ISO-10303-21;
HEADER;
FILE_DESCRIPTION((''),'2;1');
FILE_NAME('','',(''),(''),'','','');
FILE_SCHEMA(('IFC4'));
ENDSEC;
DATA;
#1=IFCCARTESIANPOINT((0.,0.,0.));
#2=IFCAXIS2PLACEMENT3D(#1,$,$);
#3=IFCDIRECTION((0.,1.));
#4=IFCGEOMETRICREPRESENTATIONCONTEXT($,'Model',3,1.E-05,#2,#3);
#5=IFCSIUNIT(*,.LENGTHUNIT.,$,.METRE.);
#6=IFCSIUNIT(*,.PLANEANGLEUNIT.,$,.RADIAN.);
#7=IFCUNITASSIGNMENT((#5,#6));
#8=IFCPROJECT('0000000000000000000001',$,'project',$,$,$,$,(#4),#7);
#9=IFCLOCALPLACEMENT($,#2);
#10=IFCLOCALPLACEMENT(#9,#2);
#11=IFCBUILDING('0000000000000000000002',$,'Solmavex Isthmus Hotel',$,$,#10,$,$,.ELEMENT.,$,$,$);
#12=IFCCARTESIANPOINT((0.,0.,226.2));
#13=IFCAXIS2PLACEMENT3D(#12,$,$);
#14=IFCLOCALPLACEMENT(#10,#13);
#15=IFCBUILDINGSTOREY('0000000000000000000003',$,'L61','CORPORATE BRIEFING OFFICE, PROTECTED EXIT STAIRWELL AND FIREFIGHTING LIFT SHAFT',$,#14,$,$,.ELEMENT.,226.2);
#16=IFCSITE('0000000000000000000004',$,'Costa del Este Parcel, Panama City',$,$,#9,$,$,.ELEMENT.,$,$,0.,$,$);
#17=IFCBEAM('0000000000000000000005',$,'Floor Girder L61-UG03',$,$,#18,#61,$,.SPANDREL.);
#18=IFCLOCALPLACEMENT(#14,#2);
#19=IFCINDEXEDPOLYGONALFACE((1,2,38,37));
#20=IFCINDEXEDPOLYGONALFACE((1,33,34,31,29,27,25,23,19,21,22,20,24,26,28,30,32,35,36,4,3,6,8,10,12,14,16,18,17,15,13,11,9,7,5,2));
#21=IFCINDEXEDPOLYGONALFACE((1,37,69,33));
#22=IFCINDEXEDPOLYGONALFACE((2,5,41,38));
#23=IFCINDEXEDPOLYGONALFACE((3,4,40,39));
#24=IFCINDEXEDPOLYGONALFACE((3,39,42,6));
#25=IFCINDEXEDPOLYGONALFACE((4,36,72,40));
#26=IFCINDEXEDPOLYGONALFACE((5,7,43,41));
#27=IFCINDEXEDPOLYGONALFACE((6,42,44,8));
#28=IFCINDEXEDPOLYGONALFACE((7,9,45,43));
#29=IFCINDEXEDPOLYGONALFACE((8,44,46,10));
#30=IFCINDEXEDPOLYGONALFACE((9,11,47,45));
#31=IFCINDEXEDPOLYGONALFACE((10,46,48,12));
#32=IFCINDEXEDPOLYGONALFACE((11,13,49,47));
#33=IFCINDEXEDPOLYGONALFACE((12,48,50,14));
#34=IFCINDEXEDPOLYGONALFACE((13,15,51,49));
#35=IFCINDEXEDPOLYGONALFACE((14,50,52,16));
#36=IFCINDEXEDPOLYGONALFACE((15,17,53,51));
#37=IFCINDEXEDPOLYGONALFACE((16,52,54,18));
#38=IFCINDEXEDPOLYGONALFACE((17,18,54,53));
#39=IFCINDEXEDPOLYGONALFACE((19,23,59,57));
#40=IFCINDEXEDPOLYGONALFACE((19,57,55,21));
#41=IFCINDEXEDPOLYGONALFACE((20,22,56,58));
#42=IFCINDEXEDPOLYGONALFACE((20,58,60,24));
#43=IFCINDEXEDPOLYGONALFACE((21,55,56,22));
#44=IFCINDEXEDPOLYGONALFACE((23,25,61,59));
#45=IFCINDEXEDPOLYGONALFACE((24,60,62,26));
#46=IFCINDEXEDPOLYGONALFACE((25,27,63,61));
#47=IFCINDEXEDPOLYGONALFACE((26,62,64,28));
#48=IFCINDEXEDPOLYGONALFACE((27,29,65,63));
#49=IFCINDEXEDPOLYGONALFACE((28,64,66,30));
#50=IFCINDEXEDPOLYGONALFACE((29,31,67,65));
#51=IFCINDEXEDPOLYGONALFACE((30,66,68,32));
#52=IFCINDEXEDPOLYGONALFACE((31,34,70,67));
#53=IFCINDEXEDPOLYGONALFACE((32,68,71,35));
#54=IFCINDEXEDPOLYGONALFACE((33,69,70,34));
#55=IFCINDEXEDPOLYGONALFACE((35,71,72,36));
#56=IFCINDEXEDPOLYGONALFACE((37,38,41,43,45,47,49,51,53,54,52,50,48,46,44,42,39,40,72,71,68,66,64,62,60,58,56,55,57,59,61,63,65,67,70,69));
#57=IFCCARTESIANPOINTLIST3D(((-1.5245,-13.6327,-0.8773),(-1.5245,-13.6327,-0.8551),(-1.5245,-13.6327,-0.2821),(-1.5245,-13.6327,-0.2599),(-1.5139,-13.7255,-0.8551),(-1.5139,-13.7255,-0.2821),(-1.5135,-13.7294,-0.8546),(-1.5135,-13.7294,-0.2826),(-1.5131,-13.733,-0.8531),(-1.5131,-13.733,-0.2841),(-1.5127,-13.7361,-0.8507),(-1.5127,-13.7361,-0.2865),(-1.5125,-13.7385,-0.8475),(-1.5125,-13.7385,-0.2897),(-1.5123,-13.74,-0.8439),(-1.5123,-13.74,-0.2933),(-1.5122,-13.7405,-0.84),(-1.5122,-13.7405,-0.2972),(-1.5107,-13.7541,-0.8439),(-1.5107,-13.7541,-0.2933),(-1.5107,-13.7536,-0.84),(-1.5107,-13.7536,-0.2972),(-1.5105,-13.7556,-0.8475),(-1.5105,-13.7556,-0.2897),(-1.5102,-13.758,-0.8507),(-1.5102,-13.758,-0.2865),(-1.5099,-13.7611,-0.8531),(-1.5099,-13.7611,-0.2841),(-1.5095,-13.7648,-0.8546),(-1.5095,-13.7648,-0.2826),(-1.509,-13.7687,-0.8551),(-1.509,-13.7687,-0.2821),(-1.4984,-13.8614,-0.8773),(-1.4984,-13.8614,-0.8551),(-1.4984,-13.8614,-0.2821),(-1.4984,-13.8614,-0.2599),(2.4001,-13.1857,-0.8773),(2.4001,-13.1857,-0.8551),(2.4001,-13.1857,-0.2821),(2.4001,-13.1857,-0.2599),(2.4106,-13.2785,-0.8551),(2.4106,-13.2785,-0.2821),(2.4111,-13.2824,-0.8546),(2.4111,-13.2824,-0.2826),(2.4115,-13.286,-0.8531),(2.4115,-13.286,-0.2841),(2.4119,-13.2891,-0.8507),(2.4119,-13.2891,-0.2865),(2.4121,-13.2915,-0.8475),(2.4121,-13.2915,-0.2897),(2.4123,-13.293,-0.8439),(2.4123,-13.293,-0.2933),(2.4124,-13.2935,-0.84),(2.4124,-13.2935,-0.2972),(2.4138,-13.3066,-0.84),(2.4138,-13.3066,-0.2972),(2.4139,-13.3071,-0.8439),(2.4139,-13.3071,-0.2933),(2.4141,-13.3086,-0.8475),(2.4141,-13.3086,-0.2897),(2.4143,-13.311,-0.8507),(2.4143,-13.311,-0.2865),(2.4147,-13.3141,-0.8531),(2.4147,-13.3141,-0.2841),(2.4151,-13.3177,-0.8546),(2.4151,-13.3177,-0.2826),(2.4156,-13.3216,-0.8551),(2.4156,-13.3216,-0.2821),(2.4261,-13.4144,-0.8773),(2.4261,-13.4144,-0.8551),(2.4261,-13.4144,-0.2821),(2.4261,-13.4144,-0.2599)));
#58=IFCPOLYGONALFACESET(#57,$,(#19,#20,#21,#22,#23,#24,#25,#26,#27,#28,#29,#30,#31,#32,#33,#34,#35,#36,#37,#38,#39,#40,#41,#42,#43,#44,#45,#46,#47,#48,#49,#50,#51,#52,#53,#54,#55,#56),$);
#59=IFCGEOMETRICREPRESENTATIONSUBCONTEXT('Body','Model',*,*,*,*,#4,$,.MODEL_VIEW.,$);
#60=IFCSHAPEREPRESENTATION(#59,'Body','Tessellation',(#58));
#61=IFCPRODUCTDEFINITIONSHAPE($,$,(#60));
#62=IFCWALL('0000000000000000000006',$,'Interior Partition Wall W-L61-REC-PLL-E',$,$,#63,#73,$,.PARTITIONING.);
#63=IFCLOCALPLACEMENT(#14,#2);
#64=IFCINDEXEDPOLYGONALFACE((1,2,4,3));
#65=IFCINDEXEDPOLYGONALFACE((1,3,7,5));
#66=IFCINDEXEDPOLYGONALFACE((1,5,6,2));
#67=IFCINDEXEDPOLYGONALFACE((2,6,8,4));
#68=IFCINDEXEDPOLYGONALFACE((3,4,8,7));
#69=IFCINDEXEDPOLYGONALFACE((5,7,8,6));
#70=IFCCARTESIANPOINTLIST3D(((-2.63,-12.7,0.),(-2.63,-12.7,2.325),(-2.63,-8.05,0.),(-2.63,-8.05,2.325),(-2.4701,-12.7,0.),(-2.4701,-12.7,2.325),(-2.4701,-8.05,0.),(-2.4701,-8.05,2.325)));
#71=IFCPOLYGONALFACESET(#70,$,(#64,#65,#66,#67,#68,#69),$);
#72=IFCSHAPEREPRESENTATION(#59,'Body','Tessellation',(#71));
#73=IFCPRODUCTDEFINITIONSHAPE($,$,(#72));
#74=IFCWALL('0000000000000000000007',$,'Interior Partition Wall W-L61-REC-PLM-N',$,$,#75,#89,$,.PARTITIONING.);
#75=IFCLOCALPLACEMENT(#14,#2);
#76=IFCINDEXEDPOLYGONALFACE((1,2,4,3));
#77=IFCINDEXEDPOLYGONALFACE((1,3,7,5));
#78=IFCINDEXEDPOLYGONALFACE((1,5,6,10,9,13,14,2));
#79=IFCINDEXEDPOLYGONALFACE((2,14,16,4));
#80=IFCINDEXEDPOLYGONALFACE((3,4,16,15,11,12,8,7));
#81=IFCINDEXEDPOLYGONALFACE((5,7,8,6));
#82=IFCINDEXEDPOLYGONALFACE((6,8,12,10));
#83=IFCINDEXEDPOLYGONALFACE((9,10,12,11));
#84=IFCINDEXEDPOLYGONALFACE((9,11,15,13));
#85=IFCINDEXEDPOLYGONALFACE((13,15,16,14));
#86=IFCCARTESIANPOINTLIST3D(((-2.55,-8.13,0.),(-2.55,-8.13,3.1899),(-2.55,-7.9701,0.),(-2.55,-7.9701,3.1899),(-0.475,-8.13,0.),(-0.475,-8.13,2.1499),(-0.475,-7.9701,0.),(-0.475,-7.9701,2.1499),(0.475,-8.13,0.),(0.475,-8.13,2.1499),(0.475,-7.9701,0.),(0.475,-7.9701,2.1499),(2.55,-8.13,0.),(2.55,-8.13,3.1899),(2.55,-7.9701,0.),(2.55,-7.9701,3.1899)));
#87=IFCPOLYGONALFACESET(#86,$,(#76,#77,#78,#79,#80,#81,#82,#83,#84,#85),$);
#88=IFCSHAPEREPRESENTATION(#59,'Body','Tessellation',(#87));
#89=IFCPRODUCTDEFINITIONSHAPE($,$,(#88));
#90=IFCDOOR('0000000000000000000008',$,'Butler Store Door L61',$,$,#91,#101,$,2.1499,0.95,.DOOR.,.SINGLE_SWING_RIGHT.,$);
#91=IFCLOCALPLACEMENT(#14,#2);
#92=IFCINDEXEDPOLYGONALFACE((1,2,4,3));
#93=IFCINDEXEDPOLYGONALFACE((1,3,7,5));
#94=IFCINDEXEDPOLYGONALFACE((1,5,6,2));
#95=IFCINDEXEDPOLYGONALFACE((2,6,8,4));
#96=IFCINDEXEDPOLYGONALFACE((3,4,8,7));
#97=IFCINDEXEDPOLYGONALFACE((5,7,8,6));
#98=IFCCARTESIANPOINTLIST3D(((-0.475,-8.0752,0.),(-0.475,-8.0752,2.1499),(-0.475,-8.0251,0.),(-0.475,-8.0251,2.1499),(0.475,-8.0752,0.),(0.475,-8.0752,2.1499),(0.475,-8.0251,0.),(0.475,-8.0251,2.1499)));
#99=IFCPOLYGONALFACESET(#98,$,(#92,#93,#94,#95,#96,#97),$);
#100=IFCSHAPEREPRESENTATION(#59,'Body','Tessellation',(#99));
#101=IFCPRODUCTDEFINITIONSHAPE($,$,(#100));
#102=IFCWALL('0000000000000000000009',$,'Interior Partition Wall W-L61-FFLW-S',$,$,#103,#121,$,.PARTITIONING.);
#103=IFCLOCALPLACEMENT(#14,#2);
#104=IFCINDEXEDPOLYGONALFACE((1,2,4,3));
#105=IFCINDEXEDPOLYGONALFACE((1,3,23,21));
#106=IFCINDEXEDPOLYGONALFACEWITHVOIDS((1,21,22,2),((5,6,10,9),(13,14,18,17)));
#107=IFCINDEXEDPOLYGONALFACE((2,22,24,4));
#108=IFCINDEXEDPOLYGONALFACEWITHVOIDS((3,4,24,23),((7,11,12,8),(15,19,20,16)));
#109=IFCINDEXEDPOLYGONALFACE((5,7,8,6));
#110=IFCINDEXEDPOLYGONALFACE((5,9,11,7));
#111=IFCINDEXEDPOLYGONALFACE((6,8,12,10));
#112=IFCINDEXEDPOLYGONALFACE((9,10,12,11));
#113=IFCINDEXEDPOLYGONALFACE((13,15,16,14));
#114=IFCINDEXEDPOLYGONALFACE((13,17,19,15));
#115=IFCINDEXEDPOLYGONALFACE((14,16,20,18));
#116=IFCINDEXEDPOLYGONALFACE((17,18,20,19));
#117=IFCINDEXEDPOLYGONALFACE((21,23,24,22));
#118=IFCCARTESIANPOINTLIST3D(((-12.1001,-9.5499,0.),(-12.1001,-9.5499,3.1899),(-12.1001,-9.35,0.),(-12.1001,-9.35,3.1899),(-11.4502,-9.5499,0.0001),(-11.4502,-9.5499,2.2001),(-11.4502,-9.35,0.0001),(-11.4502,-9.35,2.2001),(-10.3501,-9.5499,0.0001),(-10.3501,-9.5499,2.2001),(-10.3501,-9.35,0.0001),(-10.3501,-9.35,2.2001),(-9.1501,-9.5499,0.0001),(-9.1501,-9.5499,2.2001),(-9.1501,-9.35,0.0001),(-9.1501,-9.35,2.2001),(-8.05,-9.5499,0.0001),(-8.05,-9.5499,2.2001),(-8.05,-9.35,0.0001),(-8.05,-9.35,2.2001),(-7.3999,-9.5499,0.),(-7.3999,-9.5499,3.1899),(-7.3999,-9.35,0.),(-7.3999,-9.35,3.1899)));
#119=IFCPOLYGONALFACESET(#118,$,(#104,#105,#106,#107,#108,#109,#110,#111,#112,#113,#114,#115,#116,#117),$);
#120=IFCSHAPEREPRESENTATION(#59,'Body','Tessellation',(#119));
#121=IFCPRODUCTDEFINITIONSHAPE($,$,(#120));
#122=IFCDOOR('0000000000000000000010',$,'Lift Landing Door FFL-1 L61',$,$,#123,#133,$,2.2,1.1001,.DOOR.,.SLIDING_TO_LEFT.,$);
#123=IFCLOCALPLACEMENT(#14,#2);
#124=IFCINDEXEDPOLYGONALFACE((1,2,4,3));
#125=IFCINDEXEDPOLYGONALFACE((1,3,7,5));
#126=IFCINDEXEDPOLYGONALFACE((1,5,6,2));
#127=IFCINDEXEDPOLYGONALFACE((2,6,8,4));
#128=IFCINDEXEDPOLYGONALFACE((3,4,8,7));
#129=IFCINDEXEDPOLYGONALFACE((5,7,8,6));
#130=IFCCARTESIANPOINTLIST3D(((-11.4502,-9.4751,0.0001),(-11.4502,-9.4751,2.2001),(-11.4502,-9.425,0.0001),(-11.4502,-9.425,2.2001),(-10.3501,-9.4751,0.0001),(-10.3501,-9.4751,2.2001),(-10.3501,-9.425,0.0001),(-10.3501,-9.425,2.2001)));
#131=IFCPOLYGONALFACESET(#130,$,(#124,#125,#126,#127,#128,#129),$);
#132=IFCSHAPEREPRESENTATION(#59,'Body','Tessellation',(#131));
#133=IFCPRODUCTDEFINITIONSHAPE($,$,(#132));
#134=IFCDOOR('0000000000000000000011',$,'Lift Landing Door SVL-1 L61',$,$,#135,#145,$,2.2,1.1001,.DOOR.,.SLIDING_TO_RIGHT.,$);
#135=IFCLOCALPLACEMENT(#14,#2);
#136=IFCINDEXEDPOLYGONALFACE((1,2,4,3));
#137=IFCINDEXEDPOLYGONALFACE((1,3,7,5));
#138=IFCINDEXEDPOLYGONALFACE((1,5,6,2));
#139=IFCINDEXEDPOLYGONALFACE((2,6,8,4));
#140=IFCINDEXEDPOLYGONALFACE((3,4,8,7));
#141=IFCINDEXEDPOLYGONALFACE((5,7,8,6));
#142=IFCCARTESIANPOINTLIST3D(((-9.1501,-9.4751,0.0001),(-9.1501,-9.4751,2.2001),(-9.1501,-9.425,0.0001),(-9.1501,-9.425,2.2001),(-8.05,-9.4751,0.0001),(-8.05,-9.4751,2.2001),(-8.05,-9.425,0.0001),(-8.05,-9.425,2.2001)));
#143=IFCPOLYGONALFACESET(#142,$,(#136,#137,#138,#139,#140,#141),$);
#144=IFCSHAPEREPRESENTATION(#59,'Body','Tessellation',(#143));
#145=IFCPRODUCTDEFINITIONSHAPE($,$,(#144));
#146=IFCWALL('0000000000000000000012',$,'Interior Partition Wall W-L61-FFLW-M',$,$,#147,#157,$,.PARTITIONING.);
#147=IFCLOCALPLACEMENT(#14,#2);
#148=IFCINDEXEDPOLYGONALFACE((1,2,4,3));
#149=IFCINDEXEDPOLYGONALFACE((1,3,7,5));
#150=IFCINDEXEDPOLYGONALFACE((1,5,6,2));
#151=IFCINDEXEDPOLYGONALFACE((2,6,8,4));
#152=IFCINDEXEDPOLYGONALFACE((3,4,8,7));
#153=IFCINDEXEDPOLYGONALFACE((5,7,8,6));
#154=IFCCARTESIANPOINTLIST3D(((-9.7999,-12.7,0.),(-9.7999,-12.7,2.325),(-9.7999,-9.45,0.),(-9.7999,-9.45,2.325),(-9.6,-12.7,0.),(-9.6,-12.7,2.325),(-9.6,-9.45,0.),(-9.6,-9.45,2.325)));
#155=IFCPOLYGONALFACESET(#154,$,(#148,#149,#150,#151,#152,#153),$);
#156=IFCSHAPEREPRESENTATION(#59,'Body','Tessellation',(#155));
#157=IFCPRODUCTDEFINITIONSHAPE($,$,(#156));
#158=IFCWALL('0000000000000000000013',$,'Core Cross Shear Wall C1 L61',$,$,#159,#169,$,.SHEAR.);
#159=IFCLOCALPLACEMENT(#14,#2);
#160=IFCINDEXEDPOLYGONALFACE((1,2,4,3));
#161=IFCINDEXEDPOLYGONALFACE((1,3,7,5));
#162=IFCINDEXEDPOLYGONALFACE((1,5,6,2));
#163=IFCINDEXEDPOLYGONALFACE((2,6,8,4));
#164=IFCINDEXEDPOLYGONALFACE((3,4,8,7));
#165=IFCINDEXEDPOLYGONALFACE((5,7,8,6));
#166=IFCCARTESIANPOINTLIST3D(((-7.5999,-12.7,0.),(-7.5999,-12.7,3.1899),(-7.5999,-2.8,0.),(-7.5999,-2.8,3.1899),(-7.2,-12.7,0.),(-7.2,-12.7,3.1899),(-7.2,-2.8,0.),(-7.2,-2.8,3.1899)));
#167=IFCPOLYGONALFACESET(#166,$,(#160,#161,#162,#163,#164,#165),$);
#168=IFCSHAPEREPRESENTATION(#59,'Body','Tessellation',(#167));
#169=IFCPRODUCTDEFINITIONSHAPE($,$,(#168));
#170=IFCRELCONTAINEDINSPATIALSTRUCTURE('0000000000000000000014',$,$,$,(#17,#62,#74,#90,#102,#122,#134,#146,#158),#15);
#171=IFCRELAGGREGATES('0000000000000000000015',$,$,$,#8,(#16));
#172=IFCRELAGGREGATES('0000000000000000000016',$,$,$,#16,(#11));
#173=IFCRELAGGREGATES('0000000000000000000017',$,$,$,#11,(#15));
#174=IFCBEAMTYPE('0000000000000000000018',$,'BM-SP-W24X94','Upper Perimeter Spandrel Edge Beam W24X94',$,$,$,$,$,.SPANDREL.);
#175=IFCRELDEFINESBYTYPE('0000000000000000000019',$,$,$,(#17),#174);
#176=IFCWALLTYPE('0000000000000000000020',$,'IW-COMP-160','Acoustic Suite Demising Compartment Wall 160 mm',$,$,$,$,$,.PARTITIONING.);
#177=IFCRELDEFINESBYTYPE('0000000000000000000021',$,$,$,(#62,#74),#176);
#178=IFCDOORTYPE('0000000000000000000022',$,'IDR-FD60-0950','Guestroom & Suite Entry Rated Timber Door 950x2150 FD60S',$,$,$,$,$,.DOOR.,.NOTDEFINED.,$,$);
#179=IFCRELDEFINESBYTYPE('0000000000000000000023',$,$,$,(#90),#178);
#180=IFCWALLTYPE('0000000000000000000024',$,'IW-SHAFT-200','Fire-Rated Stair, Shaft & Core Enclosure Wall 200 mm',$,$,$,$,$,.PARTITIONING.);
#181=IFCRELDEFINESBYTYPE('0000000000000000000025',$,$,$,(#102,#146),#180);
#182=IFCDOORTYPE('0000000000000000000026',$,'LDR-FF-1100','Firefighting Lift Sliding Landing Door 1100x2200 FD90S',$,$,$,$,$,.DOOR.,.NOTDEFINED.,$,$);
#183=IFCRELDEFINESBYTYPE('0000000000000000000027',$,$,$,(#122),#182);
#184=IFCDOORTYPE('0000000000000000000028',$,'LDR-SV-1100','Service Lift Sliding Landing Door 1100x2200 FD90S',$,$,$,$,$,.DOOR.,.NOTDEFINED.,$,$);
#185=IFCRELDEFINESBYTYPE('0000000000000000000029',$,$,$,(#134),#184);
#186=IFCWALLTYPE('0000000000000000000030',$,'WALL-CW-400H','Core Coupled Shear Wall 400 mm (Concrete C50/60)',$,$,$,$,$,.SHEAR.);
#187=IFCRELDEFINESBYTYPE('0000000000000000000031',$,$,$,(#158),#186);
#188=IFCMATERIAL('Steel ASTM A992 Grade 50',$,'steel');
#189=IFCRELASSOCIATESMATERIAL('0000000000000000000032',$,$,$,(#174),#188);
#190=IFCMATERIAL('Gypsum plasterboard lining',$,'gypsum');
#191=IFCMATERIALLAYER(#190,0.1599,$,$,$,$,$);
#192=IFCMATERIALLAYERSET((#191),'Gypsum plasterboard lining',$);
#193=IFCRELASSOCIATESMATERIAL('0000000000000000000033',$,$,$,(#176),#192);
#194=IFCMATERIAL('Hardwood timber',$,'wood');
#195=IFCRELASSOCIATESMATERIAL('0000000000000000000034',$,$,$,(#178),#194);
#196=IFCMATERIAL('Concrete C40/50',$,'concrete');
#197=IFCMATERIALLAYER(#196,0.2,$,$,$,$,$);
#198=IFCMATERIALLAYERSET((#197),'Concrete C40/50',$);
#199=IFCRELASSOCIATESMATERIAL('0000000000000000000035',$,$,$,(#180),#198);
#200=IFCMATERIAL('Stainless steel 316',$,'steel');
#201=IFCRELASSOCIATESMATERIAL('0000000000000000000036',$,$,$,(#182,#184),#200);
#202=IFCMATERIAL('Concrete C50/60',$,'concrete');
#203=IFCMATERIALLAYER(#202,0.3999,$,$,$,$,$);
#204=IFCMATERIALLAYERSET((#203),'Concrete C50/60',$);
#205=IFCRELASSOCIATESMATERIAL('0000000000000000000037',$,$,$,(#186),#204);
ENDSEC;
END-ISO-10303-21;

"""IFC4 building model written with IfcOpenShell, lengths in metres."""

from ifc_helpers import new_model, si_unit, direction, frame, frame_2d, origin, origin_2d, place, context, subcontext, project, spatial, rectangle, i_section, extrude, material, layer, layer_set, material_profile, profile_set, type_object, element, fill, save


model = new_model("IFC4")

# Units and contexts
model_context = context("Model", 3, precision=1e-05, world=origin(), true_north=direction((0.0, 1.0)))
body_context = subcontext(model_context, "Body", "Model", "MODEL_VIEW")
ifc_project = project(units=[si_unit("LENGTHUNIT", "METRE"), si_unit("PLANEANGLEUNIT", "RADIAN")], contexts=[model_context])

# Site, building, storey
site_placement = place(None, origin())
site = spatial("IfcSite", under=ifc_project, at=site_placement, Name="Costa del Este Parcel, Panama City", CompositionType="ELEMENT", RefElevation=0.0)
building_placement = place(site_placement, origin())
building = spatial("IfcBuilding", under=site, at=building_placement, Name="Solmavex Isthmus Hotel", CompositionType="ELEMENT")
storey_placement = place(building_placement, frame((0.0, 0.0, 226.2)))
storey = spatial("IfcBuildingStorey", under=building, at=storey_placement, Name="L61", Description="CORPORATE BRIEFING OFFICE, PROTECTED EXIT STAIRWELL AND FIREFIGHTING LIFT SHAFT", CompositionType="ELEMENT", Elevation=226.2)

# Shared definitions
ifc_material_1 = material(Name="Concrete C50/60", Category="concrete")

# Beam
ifc_material_2 = material(Name="Steel ASTM A992 Grade 50", Category="steel")
ifc_material_profile_1 = material_profile(ifc_material_2, i_section(OverallWidth=0.2302, OverallDepth=0.6174, WebThickness=0.0132, FlangeThickness=0.0222, FilletRadius=0.0151, at=origin_2d()), Name="W24X94")
ifc_profile_set_1 = profile_set([ifc_material_profile_1], Name="Steel ASTM A992 Grade 50")
beam_type_1 = type_object("IfcBeamType", Name="BM-SP-W24X94", Description="Upper Perimeter Spandrel Edge Beam W24X94", PredefinedType="SPANDREL", material=ifc_profile_set_1)
beam_1_placement = place(storey_placement, frame((-1.5115, -13.7471, -0.5686), z_axis=(0.993575, 0.113172, 0.0), x_axis=(-0.113172, 0.993575, 0.0)))
element("IfcBeam", 1, at=beam_1_placement, inside=storey, type_object=beam_type_1, Name="Floor Girder L61-UG03", PredefinedType="SPANDREL", context=body_context, shape_type="SweptSolid", body=[
    extrude(i_section(OverallWidth=0.2302, OverallDepth=0.6174, WebThickness=0.0132, FlangeThickness=0.0222, FilletRadius=0.0151, at=origin_2d()), origin(), (0.0, 0.0, 1.0), 3.95),
])

# Shared definitions
ifc_material_3 = material(Name="Gypsum plasterboard lining", Category="gypsum")
ifc_layer_1 = layer(ifc_material_3, 0.1599)
ifc_layer_set_1 = layer_set([ifc_layer_1], Name="Gypsum plasterboard lining")
wall_type_1 = type_object("IfcWallType", Name="IW-COMP-160", Description="Acoustic Suite Demising Compartment Wall 160 mm", PredefinedType="PARTITIONING", material=ifc_layer_set_1)
ifc_material_4 = material(Name="Hardwood timber", Category="wood")
door_type_1 = type_object("IfcDoorType", Name="IDR-FD60-0950", Description="Guestroom & Suite Entry Rated Timber Door 950x2150 FD60S", OperationType="NOTDEFINED", PredefinedType="DOOR", material=ifc_material_4)

# Wall
wall_1_placement = place(storey_placement, frame((-2.55, -12.7, 0.0), z_axis=(0.0, 0.0, 1.0), x_axis=(0.0, 1.0, 0.0)))
element("IfcWall", 2, at=wall_1_placement, inside=storey, type_object=wall_type_1, Name="Interior Partition Wall W-L61-REC-PLL-E", PredefinedType="PARTITIONING", context=body_context, shape_type="SweptSolid", body=[
    extrude(rectangle(XDim=4.6499, YDim=0.1599, at=frame_2d((2.325, 0.0))), origin(), (0.0, 0.0, 1.0), 2.325),
])

# Wall, opening, door
wall_2_placement = place(storey_placement, frame((-2.55, -8.05, 0.0), z_axis=(0.0, 0.0, 1.0), x_axis=(1.0, 0.0, 0.0)))
wall_2 = element("IfcWall", 3, at=wall_2_placement, inside=storey, type_object=wall_type_1, Name="Interior Partition Wall W-L61-REC-PLM-N", PredefinedType="PARTITIONING", context=body_context, shape_type="SweptSolid", body=[
    extrude(rectangle(XDim=5.1001, YDim=0.1599, at=frame_2d((2.55, 0.0))), origin(), (0.0, 0.0, 1.0), 3.1899),
])
opening_1_placement = place(wall_2_placement, frame((2.075, 0.0, 0.0)))
opening_1 = element("IfcOpeningElement", 4, at=opening_1_placement, cuts=wall_2, PredefinedType="OPENING", context=body_context, shape_type="SweptSolid", body=[
    extrude(rectangle(XDim=0.95, YDim=2.1499, at=frame_2d((0.4751, 1.075))), frame((0.0, 0.0898, 0.0), z_axis=(0.0, -1.0, 0.0), x_axis=(1.0, 0.0, 0.0)), (0.0, 0.0, 1.0), 0.1799),
])
door_1_placement = place(opening_1_placement, origin())
door_1 = element("IfcDoor", 5, at=door_1_placement, inside=storey, type_object=door_type_1, Name="Butler Store Door L61", OperationType="SINGLE_SWING_RIGHT", OverallHeight=2.1499, OverallWidth=0.95, PredefinedType="DOOR", context=body_context, shape_type="SweptSolid", body=[
    extrude(rectangle(XDim=0.95, YDim=2.1499, at=frame_2d((0.4751, 1.075))), frame((0.0, 0.0249, 0.0), z_axis=(0.0, -1.0, 0.0), x_axis=(1.0, 0.0, 0.0)), (0.0, 0.0, 1.0), 0.05),
])
fill(opening_1, door_1)

# Wall, openings, doors
ifc_material_5 = material(Name="Concrete C40/50", Category="concrete")
ifc_layer_2 = layer(ifc_material_5, 0.2)
ifc_layer_set_2 = layer_set([ifc_layer_2], Name="Concrete C40/50")
wall_type_2 = type_object("IfcWallType", Name="IW-SHAFT-200", Description="Fire-Rated Stair, Shaft & Core Enclosure Wall 200 mm", PredefinedType="PARTITIONING", material=ifc_layer_set_2)
wall_3_placement = place(storey_placement, frame((-12.1001, -9.45, 0.0), z_axis=(0.0, 0.0, 1.0), x_axis=(1.0, 0.0, 0.0)))
wall_3 = element("IfcWall", 6, at=wall_3_placement, inside=storey, type_object=wall_type_2, Name="Interior Partition Wall W-L61-FFLW-S", PredefinedType="PARTITIONING", context=body_context, shape_type="SweptSolid", body=[
    extrude(rectangle(XDim=4.7002, YDim=0.2, at=frame_2d((2.3501, 0.0))), origin(), (0.0, 0.0, 1.0), 3.1899),
])
opening_2_placement = place(wall_3_placement, frame((0.6499, 0.0, 0.0)))
opening_2 = element("IfcOpeningElement", 7, at=opening_2_placement, cuts=wall_3, PredefinedType="OPENING", context=body_context, shape_type="SweptSolid", body=[
    extrude(rectangle(XDim=1.1001, YDim=2.2, at=frame_2d((0.55, 1.1001))), frame((0.0, 0.1099, 0.0), z_axis=(0.0, -1.0, 0.0), x_axis=(1.0, 0.0, 0.0)), (0.0, 0.0, 1.0), 0.22),
])
opening_3_placement = place(wall_3_placement, frame((2.95, 0.0, 0.0)))
opening_3 = element("IfcOpeningElement", 8, at=opening_3_placement, cuts=wall_3, PredefinedType="OPENING", context=body_context, shape_type="SweptSolid", body=[
    extrude(rectangle(XDim=1.1001, YDim=2.2, at=frame_2d((0.55, 1.1001))), frame((0.0, 0.1099, 0.0), z_axis=(0.0, -1.0, 0.0), x_axis=(1.0, 0.0, 0.0)), (0.0, 0.0, 1.0), 0.22),
])
ifc_material_6 = material(Name="Stainless steel 316", Category="steel")
door_type_2 = type_object("IfcDoorType", Name="LDR-FF-1100", Description="Firefighting Lift Sliding Landing Door 1100x2200 FD90S", OperationType="NOTDEFINED", PredefinedType="DOOR", material=ifc_material_6)
door_2_placement = place(opening_2_placement, origin())
door_2 = element("IfcDoor", 9, at=door_2_placement, inside=storey, type_object=door_type_2, Name="Lift Landing Door FFL-1 L61", OperationType="SLIDING_TO_LEFT", OverallHeight=2.2, OverallWidth=1.1001, PredefinedType="DOOR", context=body_context, shape_type="SweptSolid", body=[
    extrude(rectangle(XDim=1.1001, YDim=2.2, at=frame_2d((0.55, 1.1001))), frame((0.0, 0.0249, 0.0), z_axis=(0.0, -1.0, 0.0), x_axis=(1.0, 0.0, 0.0)), (0.0, 0.0, 1.0), 0.05),
])
fill(opening_2, door_2)
door_type_3 = type_object("IfcDoorType", Name="LDR-SV-1100", Description="Service Lift Sliding Landing Door 1100x2200 FD90S", OperationType="NOTDEFINED", PredefinedType="DOOR", material=ifc_material_6)
door_3_placement = place(opening_3_placement, origin())
door_3 = element("IfcDoor", 10, at=door_3_placement, inside=storey, type_object=door_type_3, Name="Lift Landing Door SVL-1 L61", OperationType="SLIDING_TO_RIGHT", OverallHeight=2.2, OverallWidth=1.1001, PredefinedType="DOOR", context=body_context, shape_type="SweptSolid", body=[
    extrude(rectangle(XDim=1.1001, YDim=2.2, at=frame_2d((0.55, 1.1001))), frame((0.0, 0.0249, 0.0), z_axis=(0.0, -1.0, 0.0), x_axis=(1.0, 0.0, 0.0)), (0.0, 0.0, 1.0), 0.05),
])
fill(opening_3, door_3)

# Walls
wall_4_placement = place(storey_placement, frame((-9.7, -12.7, 0.0), z_axis=(0.0, 0.0, 1.0), x_axis=(0.0, 1.0, 0.0)))
element("IfcWall", 11, at=wall_4_placement, inside=storey, type_object=wall_type_2, Name="Interior Partition Wall W-L61-FFLW-M", PredefinedType="PARTITIONING", context=body_context, shape_type="SweptSolid", body=[
    extrude(rectangle(XDim=3.25, YDim=0.2, at=frame_2d((1.625, 0.0))), origin(), (0.0, 0.0, 1.0), 2.325),
])
ifc_layer_3 = layer(ifc_material_1, 0.3999)
ifc_layer_set_3 = layer_set([ifc_layer_3], Name="Concrete C50/60")
wall_type_3 = type_object("IfcWallType", Name="WALL-CW-400H", Description="Core Coupled Shear Wall 400 mm (Concrete C50/60)", PredefinedType="SHEAR", material=ifc_layer_set_3)
wall_5_placement = place(storey_placement, frame((-7.3999, -12.7, 0.0), z_axis=(0.0, 0.0, 1.0), x_axis=(0.0, 1.0, 0.0)))
element("IfcWall", 12, at=wall_5_placement, inside=storey, type_object=wall_type_3, Name="Core Cross Shear Wall C1 L61", PredefinedType="SHEAR", context=body_context, shape_type="SweptSolid", body=[
    extrude(rectangle(XDim=9.8999, YDim=0.3999, at=frame_2d((4.95, 0.0))), origin(), (0.0, 0.0, 1.0), 3.1899),
])

save(model, "model.ifc")
